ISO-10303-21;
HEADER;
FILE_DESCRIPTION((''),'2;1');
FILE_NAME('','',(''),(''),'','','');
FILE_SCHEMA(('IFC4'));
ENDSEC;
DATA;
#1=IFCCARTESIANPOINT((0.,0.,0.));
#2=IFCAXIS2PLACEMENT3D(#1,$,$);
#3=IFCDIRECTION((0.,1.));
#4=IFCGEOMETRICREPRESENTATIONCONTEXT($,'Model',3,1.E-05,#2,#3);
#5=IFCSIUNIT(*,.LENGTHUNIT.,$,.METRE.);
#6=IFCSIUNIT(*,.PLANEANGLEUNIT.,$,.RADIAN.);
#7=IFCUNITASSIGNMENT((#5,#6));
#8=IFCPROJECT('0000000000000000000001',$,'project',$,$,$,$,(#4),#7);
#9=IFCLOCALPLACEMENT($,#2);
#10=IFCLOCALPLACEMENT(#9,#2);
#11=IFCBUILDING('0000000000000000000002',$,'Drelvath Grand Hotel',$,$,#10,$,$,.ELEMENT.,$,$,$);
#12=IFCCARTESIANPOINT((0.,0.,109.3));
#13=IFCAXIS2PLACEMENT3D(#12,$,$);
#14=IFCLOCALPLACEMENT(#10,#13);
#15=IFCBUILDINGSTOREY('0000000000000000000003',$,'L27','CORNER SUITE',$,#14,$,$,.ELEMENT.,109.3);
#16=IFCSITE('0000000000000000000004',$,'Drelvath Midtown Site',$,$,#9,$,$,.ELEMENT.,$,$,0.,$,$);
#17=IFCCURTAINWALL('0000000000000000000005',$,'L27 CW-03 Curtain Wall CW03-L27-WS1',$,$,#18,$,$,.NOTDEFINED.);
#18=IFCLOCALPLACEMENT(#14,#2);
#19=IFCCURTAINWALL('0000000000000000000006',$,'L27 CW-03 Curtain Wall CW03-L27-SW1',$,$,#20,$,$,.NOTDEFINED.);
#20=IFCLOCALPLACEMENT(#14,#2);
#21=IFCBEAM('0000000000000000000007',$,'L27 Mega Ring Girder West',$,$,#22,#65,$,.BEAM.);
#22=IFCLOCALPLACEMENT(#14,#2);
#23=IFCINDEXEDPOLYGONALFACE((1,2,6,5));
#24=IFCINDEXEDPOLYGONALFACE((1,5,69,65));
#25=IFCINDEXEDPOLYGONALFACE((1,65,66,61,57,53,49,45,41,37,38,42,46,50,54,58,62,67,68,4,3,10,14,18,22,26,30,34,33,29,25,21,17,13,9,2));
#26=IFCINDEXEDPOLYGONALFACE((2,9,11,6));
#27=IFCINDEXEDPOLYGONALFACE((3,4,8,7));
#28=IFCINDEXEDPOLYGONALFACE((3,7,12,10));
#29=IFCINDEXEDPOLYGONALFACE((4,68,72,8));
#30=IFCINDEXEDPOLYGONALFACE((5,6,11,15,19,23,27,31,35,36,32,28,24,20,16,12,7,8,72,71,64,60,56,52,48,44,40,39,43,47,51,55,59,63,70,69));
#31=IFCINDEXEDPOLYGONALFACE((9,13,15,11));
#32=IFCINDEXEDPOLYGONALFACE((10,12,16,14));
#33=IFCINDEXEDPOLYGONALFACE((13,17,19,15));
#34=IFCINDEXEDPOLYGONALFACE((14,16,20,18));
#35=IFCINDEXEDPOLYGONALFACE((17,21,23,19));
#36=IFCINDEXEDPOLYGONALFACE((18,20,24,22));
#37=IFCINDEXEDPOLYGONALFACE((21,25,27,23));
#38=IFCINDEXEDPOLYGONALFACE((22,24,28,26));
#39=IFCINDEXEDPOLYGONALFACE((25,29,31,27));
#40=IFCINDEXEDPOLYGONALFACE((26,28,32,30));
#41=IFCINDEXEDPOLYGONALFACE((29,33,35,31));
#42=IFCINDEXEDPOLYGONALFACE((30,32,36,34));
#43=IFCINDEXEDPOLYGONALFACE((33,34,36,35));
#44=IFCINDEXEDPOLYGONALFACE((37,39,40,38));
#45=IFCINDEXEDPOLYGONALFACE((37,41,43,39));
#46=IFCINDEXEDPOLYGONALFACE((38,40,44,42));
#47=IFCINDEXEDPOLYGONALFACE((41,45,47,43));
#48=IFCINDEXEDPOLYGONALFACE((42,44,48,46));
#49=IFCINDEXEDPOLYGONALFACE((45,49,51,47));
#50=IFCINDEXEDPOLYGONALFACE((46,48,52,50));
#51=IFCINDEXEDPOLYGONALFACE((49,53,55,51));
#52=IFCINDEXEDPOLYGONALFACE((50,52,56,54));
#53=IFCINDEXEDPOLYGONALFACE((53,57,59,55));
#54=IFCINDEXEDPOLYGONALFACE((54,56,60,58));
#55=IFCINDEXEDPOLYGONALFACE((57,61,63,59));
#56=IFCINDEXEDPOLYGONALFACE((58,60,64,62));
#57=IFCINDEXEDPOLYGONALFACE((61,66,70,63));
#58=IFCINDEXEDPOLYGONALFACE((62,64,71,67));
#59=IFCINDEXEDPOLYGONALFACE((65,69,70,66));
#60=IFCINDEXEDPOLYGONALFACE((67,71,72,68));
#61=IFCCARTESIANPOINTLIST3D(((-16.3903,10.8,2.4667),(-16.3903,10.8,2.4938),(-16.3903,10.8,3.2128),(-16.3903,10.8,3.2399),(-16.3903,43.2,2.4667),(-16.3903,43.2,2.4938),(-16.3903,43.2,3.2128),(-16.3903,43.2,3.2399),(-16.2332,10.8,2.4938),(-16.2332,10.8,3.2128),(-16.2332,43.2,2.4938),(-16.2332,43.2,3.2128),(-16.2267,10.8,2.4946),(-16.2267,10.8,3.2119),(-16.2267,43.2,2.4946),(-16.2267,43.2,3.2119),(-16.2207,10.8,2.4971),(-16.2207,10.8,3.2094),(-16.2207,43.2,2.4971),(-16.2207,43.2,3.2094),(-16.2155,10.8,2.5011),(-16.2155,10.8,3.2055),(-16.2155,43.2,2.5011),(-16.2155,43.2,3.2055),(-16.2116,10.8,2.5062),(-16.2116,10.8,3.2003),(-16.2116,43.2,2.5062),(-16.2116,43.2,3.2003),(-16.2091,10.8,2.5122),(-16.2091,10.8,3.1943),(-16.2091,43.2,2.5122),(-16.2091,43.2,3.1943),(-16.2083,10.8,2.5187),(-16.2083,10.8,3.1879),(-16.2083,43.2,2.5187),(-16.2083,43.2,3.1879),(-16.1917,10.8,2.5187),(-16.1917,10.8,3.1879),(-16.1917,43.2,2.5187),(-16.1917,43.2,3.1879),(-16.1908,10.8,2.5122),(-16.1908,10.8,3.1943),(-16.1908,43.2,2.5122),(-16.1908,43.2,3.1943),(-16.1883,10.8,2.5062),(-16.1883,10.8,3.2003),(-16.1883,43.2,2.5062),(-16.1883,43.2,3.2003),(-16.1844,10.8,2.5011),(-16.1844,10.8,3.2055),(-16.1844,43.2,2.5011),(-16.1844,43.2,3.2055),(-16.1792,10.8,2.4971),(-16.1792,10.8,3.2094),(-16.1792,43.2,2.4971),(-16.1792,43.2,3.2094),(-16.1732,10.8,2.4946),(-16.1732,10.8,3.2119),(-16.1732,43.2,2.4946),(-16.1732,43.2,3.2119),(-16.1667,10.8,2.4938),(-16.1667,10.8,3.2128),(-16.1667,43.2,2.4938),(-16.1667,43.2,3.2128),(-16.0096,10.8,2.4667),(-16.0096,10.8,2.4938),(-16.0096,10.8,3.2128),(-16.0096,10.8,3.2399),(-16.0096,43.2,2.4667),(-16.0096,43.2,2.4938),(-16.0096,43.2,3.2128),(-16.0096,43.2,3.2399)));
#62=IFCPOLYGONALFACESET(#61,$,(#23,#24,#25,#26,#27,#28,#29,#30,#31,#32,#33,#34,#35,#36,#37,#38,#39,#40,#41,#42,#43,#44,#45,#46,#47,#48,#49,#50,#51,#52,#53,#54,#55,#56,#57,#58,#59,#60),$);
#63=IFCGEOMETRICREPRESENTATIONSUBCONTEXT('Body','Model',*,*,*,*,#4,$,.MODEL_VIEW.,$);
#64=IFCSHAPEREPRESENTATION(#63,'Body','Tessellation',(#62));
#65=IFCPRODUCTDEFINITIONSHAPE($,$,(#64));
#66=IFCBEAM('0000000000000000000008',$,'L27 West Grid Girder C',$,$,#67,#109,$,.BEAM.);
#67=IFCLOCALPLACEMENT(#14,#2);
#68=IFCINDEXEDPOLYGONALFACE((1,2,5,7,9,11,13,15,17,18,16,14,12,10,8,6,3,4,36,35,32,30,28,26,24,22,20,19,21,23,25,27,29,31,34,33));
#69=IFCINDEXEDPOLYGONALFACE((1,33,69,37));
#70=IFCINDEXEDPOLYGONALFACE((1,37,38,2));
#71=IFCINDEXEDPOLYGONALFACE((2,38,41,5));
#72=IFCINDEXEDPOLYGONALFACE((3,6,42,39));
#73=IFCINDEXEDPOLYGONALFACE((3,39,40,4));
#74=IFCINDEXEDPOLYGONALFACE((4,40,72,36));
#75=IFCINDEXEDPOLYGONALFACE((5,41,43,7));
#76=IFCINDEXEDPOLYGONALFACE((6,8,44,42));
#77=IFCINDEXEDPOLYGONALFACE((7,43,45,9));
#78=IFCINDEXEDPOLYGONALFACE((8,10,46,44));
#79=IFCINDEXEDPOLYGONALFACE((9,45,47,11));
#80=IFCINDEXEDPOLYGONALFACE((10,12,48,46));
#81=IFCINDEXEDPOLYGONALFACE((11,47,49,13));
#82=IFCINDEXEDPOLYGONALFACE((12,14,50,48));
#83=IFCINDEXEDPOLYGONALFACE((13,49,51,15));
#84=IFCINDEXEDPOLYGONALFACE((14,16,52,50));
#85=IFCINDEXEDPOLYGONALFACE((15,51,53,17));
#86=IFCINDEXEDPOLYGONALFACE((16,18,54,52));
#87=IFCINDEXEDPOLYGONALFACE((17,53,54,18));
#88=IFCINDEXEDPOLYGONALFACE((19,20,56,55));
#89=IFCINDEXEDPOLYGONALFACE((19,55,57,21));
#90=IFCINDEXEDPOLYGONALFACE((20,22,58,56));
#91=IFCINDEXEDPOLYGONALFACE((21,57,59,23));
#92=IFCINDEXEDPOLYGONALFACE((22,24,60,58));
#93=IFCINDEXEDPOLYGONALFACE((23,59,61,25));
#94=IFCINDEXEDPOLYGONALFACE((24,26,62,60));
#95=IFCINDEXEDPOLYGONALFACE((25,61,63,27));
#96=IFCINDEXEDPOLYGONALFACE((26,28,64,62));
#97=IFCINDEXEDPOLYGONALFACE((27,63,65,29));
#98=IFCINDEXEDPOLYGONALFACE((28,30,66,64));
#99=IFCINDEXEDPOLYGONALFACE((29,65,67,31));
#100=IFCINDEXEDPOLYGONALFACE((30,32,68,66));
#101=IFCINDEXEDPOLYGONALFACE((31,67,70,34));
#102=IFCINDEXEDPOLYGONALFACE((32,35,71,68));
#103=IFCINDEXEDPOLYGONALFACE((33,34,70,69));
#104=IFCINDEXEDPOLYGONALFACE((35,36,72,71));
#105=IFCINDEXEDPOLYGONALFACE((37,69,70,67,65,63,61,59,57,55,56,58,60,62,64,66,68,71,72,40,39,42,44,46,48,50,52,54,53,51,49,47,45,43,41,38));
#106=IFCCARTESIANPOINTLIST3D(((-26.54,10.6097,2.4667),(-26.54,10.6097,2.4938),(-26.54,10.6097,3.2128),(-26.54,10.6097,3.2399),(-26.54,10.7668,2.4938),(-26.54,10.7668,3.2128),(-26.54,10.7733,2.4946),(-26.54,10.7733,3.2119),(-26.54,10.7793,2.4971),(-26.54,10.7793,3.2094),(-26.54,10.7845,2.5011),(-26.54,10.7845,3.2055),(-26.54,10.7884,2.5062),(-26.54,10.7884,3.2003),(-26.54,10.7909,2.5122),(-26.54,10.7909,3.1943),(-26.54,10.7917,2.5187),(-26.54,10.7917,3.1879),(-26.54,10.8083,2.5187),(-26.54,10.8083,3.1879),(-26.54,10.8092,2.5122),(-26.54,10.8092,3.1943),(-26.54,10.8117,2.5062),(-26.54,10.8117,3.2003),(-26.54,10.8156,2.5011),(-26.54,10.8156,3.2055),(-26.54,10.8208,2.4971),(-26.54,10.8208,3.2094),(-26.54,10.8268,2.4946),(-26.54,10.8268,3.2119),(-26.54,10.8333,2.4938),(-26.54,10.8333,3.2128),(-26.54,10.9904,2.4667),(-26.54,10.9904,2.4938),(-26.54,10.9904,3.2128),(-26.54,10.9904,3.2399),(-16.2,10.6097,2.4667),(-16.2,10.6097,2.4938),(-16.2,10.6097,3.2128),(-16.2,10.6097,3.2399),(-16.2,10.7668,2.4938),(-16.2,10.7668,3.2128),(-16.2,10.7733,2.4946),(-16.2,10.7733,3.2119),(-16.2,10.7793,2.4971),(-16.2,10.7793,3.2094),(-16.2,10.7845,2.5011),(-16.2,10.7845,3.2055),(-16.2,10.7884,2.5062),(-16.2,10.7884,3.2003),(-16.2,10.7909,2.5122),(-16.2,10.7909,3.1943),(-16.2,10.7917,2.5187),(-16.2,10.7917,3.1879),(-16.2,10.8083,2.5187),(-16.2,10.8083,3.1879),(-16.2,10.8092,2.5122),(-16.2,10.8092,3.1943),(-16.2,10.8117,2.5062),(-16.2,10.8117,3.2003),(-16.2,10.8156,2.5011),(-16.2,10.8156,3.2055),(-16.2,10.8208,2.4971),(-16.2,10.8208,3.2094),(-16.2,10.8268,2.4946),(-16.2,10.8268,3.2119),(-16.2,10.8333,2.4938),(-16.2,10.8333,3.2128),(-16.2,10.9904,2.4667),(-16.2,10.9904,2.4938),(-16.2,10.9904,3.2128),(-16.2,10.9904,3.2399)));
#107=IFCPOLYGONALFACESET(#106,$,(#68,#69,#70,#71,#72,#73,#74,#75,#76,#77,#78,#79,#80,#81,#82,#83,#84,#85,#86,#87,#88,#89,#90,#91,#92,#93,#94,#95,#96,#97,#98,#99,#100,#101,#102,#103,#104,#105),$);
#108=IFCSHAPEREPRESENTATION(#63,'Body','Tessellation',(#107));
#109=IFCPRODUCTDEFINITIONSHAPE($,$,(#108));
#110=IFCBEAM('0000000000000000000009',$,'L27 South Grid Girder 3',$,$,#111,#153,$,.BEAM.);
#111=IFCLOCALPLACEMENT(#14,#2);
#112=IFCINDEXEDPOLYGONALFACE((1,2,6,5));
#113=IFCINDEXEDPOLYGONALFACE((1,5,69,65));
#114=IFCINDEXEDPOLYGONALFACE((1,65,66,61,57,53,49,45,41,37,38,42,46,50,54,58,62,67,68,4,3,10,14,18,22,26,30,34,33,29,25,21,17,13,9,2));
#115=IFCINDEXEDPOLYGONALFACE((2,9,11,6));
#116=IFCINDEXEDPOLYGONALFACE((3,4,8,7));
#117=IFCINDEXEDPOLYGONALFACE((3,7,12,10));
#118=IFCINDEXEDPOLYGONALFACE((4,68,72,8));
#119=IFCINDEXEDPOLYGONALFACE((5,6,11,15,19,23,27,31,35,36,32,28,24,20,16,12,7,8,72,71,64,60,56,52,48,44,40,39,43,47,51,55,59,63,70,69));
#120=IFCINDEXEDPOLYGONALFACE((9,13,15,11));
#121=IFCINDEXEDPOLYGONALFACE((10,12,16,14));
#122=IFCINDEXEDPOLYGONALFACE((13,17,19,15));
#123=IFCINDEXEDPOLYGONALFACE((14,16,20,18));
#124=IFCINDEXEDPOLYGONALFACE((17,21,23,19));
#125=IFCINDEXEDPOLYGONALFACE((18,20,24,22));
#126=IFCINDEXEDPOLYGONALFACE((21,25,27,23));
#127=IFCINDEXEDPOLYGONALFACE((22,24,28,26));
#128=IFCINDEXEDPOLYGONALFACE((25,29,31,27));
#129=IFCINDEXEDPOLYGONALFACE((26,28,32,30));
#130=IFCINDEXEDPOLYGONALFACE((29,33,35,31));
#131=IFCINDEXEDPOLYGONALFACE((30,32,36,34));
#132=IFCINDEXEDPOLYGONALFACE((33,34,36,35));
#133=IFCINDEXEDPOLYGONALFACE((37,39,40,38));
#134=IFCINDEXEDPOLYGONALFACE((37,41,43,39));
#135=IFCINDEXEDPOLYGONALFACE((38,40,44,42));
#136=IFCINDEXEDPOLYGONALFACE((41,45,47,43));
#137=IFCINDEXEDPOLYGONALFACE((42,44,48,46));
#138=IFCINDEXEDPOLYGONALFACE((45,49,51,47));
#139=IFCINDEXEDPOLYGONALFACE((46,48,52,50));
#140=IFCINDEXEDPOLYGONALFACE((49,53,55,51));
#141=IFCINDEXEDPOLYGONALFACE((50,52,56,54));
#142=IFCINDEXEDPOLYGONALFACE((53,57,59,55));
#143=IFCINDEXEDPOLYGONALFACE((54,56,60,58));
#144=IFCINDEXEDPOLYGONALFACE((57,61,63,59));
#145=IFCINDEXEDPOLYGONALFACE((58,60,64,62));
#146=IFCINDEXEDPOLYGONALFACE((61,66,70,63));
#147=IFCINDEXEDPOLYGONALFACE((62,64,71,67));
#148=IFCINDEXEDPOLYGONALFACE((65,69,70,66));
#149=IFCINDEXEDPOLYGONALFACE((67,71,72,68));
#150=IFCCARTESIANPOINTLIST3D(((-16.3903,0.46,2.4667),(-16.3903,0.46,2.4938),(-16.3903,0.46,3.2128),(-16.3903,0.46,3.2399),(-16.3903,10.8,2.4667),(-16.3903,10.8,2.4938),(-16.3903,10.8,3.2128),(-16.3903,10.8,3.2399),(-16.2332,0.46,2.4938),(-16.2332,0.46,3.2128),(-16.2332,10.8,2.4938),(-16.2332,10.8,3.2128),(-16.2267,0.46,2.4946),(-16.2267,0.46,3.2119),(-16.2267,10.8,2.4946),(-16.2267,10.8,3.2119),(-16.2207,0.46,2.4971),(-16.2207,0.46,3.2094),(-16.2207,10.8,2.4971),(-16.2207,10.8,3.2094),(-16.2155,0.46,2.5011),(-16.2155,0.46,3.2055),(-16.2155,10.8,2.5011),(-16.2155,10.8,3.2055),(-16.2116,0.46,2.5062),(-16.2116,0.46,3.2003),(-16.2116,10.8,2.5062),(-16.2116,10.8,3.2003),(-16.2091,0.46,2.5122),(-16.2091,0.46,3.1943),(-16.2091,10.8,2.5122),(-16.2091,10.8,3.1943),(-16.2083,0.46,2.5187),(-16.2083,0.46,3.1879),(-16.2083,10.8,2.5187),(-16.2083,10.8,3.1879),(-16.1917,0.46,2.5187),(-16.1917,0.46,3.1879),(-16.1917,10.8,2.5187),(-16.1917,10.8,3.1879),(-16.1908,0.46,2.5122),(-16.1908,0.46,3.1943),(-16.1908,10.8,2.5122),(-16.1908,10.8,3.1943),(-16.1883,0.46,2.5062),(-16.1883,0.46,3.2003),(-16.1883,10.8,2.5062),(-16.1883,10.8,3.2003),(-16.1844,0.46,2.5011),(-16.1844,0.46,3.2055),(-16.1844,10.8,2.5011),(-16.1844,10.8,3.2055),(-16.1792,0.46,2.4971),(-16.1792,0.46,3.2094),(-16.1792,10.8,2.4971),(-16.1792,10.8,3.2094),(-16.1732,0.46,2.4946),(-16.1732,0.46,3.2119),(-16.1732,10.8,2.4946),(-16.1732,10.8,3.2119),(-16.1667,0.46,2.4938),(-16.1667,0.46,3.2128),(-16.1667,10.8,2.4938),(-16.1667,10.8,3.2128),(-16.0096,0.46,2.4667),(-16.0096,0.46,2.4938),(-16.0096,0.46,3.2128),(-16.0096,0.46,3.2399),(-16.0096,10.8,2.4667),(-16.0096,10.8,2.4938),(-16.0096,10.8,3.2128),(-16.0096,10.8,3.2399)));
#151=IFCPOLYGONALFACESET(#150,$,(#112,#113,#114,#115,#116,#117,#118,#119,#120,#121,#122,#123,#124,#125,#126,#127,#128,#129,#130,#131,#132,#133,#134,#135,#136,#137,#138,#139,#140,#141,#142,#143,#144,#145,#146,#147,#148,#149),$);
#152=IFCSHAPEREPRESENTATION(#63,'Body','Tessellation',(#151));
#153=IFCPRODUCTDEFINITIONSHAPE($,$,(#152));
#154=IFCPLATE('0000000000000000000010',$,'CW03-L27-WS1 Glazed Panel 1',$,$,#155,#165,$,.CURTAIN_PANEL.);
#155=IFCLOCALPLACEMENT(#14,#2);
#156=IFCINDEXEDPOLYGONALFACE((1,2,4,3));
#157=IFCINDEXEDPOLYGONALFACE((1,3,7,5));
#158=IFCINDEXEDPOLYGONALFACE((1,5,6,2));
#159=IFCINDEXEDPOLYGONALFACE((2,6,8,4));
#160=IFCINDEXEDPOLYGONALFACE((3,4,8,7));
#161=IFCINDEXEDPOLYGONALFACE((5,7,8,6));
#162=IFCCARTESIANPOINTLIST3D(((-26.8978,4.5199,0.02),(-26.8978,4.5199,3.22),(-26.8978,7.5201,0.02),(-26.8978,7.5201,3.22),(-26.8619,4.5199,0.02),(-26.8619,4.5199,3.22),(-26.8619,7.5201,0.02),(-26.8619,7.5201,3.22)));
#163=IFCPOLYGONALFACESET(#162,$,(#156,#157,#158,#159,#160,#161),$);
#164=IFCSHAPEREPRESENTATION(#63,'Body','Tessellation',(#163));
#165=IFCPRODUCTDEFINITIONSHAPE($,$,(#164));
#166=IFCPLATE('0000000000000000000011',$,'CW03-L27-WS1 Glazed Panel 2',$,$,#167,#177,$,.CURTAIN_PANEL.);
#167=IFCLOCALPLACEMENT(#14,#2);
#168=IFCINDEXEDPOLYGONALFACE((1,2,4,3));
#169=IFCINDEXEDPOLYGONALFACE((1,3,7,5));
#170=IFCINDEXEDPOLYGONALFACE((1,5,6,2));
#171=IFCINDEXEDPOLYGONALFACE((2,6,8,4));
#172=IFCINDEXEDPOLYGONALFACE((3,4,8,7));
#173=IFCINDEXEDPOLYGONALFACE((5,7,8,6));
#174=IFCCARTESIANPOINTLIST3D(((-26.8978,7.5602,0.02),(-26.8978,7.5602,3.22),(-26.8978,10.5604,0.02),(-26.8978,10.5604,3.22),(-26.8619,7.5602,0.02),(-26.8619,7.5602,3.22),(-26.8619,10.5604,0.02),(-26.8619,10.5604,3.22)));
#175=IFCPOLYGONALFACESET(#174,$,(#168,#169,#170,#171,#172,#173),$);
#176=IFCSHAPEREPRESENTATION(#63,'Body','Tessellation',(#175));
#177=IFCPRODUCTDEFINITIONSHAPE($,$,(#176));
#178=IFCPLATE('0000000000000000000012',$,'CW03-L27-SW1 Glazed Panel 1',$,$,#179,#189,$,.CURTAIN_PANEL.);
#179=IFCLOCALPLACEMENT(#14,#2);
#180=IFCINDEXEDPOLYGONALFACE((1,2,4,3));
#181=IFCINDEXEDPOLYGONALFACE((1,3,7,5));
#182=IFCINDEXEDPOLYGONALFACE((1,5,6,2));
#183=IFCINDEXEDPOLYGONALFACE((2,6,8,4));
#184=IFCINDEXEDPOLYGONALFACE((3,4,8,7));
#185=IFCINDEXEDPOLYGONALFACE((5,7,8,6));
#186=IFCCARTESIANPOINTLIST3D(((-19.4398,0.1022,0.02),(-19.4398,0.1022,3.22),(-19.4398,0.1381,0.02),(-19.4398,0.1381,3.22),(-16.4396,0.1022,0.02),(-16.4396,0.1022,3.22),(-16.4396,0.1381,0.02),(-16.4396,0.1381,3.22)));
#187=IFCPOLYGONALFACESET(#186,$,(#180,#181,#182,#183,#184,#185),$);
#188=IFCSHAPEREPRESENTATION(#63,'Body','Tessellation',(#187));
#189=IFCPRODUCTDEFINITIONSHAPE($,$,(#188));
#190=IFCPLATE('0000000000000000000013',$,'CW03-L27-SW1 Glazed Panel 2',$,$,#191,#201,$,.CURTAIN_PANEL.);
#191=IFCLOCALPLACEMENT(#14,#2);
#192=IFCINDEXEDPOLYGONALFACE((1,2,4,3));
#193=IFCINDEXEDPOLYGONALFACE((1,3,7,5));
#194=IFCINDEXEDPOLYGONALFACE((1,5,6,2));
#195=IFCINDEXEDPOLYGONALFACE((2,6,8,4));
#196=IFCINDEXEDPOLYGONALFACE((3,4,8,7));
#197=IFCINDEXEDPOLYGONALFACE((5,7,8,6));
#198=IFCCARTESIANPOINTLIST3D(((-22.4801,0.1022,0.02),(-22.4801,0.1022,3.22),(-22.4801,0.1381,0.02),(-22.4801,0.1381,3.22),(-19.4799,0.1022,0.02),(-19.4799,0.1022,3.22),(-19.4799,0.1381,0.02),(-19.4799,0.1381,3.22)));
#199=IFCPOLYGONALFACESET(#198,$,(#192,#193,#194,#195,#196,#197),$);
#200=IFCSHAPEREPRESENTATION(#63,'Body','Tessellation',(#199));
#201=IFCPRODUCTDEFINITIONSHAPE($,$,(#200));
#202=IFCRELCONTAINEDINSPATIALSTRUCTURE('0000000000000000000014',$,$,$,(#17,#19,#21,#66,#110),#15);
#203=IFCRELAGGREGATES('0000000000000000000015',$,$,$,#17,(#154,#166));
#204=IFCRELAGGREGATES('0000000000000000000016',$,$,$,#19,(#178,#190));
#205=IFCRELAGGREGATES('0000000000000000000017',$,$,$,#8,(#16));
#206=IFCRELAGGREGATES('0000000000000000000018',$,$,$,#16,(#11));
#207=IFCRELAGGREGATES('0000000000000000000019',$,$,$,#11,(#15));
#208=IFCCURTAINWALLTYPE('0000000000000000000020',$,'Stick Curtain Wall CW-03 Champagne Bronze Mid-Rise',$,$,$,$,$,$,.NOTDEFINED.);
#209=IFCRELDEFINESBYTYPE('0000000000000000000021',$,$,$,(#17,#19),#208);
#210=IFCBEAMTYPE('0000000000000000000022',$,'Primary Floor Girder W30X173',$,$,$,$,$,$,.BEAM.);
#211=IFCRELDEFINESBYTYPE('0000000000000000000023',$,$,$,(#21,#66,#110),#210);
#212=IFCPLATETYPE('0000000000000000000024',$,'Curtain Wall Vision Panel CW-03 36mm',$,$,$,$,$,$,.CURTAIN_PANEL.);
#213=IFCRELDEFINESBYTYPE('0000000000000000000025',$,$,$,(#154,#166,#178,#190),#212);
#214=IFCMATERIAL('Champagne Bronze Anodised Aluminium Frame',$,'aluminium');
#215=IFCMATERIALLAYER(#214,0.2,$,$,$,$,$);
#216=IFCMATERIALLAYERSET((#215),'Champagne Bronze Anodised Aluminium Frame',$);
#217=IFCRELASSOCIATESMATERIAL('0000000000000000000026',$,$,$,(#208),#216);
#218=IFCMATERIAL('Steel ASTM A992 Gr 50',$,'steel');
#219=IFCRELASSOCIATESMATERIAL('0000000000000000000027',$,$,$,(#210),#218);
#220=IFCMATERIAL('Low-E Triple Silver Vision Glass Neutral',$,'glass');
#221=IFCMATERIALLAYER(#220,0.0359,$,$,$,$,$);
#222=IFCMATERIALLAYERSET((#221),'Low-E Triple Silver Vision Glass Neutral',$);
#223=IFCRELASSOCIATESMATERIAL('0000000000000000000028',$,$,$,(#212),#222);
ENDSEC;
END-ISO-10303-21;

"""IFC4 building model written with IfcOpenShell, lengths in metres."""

from ifc_helpers import new_model, si_unit, direction, frame, origin, origin_2d, place, context, subcontext, project, spatial, rectangle, i_section, extrude, material, layer, layer_set, material_profile, profile_set, type_object, element, aggregate, save


model = new_model("IFC4")

# Units and contexts
model_context = context("Model", 3, precision=1e-05, world=origin(), true_north=direction((0.0, 1.0)))
body_context = subcontext(model_context, "Body", "Model", "MODEL_VIEW")
ifc_project = project(units=[si_unit("LENGTHUNIT", "METRE"), si_unit("PLANEANGLEUNIT", "RADIAN")], contexts=[model_context])

# Site, building, storey
site_placement = place(None, origin())
site = spatial("IfcSite", under=ifc_project, at=site_placement, Name="Drelvath Midtown Site", CompositionType="ELEMENT", RefElevation=0.0)
building_placement = place(site_placement, origin())
building = spatial("IfcBuilding", under=site, at=building_placement, Name="Drelvath Grand Hotel", CompositionType="ELEMENT")
storey_placement = place(building_placement, frame((0.0, 0.0, 109.3)))
storey = spatial("IfcBuildingStorey", under=building, at=storey_placement, Name="L27", Description="CORNER SUITE", CompositionType="ELEMENT", Elevation=109.3)

# Curtain walls
ifc_material_1 = material(Name="Champagne Bronze Anodised Aluminium Frame", Category="aluminium")
ifc_layer_1 = layer(ifc_material_1, 0.2)
ifc_layer_set_1 = layer_set([ifc_layer_1], Name="Champagne Bronze Anodised Aluminium Frame")
curtain_wall_type = type_object("IfcCurtainWallType", Name="Stick Curtain Wall CW-03 Champagne Bronze Mid-Rise", PredefinedType="NOTDEFINED", material=ifc_layer_set_1)
curtain_wall_1_placement = place(storey_placement, origin())
curtain_wall_1 = element("IfcCurtainWall", 1, at=curtain_wall_1_placement, inside=storey, type_object=curtain_wall_type, Name="L27 CW-03 Curtain Wall CW03-L27-WS1", PredefinedType="NOTDEFINED")
curtain_wall_2_placement = place(storey_placement, origin())
curtain_wall_2 = element("IfcCurtainWall", 2, at=curtain_wall_2_placement, inside=storey, type_object=curtain_wall_type, Name="L27 CW-03 Curtain Wall CW03-L27-SW1", PredefinedType="NOTDEFINED")

# Beams
ifc_material_2 = material(Name="Steel ASTM A992 Gr 50", Category="steel")
ifc_material_profile_1 = material_profile(ifc_material_2, i_section(OverallWidth=0.3806, OverallDepth=0.7732, WebThickness=0.0166, FlangeThickness=0.0271, FilletRadius=0.0249, at=origin_2d()), Name="W30X173")
ifc_profile_set_1 = profile_set([ifc_material_profile_1], Name="Steel ASTM A992 Gr 50")
beam_type_1 = type_object("IfcBeamType", Name="Primary Floor Girder W30X173", PredefinedType="BEAM", material=ifc_profile_set_1)
for number, where, z_axis, x_axis, name in (
    (3, (-16.2, 10.8, 2.8533), (0.0, 1.0, 0.0), (-1.0, 0.0, 0.0), "L27 Mega Ring Girder West"),
):
    element("IfcBeam", number, at=place(storey_placement, frame(where, z_axis=z_axis, x_axis=x_axis)), inside=storey, type_object=beam_type_1, Name=name, PredefinedType="BEAM", context=body_context, shape_type="SweptSolid", body=[
        extrude(i_section(OverallWidth=0.3806, OverallDepth=0.7732, WebThickness=0.0166, FlangeThickness=0.0271, FilletRadius=0.0249, at=origin_2d()), origin(), (0.0, 0.0, 1.0), 32.3999),
    ])
for number, where, z_axis, x_axis, name in (
    (4, (-26.54, 10.8, 2.8533), (1.0, 0.0, 0.0), (0.0, 1.0, 0.0), "L27 West Grid Girder C"),
    (5, (-16.2, 0.46, 2.8533), (0.0, 1.0, 0.0), (-1.0, 0.0, 0.0), "L27 South Grid Girder 3"),
):
    element("IfcBeam", number, at=place(storey_placement, frame(where, z_axis=z_axis, x_axis=x_axis)), inside=storey, type_object=beam_type_1, Name=name, PredefinedType="BEAM", context=body_context, shape_type="SweptSolid", body=[
        extrude(i_section(OverallWidth=0.3806, OverallDepth=0.7732, WebThickness=0.0166, FlangeThickness=0.0271, FilletRadius=0.0249, at=origin_2d()), origin(), (0.0, 0.0, 1.0), 10.3401),
    ])

# Plates
ifc_material_3 = material(Name="Low-E Triple Silver Vision Glass Neutral", Category="glass")
ifc_layer_2 = layer(ifc_material_3, 0.0359)
ifc_layer_set_2 = layer_set([ifc_layer_2], Name="Low-E Triple Silver Vision Glass Neutral")
plate_type = type_object("IfcPlateType", Name="Curtain Wall Vision Panel CW-03 36mm", PredefinedType="CURTAIN_PANEL", material=ifc_layer_set_2)
plate_1_placement = place(storey_placement, frame((-26.8799, 6.02, 0.02), z_axis=(0.0, 0.0, 1.0), x_axis=(0.0, 1.0, 0.0)))
plate_1 = element("IfcPlate", 6, at=plate_1_placement, type_object=plate_type, Name="CW03-L27-WS1 Glazed Panel 1", PredefinedType="CURTAIN_PANEL", context=body_context, shape_type="SweptSolid", body=[
    extrude(rectangle(XDim=3.0002, YDim=0.0359, at=origin_2d()), origin(), (0.0, 0.0, 1.0), 3.2),
])
plate_2_placement = place(storey_placement, frame((-26.8799, 9.0603, 0.02), z_axis=(0.0, 0.0, 1.0), x_axis=(0.0, 1.0, 0.0)))
plate_2 = element("IfcPlate", 7, at=plate_2_placement, type_object=plate_type, Name="CW03-L27-WS1 Glazed Panel 2", PredefinedType="CURTAIN_PANEL", context=body_context, shape_type="SweptSolid", body=[
    extrude(rectangle(XDim=3.0002, YDim=0.0359, at=origin_2d()), origin(), (0.0, 0.0, 1.0), 3.2),
])
aggregate(curtain_wall_1, [plate_1, plate_2])
plate_3_placement = place(storey_placement, frame((-17.9397, 0.1201, 0.02), z_axis=(0.0, 0.0, 1.0), x_axis=(-1.0, 0.0, 0.0)))
plate_3 = element("IfcPlate", 8, at=plate_3_placement, type_object=plate_type, Name="CW03-L27-SW1 Glazed Panel 1", PredefinedType="CURTAIN_PANEL", context=body_context, shape_type="SweptSolid", body=[
    extrude(rectangle(XDim=3.0002, YDim=0.0359, at=origin_2d()), origin(), (0.0, 0.0, 1.0), 3.2),
])
plate_4_placement = place(storey_placement, frame((-20.98, 0.1201, 0.02), z_axis=(0.0, 0.0, 1.0), x_axis=(-1.0, 0.0, 0.0)))
plate_4 = element("IfcPlate", 9, at=plate_4_placement, type_object=plate_type, Name="CW03-L27-SW1 Glazed Panel 2", PredefinedType="CURTAIN_PANEL", context=body_context, shape_type="SweptSolid", body=[
    extrude(rectangle(XDim=3.0002, YDim=0.0359, at=origin_2d()), origin(), (0.0, 0.0, 1.0), 3.2),
])
aggregate(curtain_wall_2, [plate_3, plate_4])

save(model, "model.ifc")
